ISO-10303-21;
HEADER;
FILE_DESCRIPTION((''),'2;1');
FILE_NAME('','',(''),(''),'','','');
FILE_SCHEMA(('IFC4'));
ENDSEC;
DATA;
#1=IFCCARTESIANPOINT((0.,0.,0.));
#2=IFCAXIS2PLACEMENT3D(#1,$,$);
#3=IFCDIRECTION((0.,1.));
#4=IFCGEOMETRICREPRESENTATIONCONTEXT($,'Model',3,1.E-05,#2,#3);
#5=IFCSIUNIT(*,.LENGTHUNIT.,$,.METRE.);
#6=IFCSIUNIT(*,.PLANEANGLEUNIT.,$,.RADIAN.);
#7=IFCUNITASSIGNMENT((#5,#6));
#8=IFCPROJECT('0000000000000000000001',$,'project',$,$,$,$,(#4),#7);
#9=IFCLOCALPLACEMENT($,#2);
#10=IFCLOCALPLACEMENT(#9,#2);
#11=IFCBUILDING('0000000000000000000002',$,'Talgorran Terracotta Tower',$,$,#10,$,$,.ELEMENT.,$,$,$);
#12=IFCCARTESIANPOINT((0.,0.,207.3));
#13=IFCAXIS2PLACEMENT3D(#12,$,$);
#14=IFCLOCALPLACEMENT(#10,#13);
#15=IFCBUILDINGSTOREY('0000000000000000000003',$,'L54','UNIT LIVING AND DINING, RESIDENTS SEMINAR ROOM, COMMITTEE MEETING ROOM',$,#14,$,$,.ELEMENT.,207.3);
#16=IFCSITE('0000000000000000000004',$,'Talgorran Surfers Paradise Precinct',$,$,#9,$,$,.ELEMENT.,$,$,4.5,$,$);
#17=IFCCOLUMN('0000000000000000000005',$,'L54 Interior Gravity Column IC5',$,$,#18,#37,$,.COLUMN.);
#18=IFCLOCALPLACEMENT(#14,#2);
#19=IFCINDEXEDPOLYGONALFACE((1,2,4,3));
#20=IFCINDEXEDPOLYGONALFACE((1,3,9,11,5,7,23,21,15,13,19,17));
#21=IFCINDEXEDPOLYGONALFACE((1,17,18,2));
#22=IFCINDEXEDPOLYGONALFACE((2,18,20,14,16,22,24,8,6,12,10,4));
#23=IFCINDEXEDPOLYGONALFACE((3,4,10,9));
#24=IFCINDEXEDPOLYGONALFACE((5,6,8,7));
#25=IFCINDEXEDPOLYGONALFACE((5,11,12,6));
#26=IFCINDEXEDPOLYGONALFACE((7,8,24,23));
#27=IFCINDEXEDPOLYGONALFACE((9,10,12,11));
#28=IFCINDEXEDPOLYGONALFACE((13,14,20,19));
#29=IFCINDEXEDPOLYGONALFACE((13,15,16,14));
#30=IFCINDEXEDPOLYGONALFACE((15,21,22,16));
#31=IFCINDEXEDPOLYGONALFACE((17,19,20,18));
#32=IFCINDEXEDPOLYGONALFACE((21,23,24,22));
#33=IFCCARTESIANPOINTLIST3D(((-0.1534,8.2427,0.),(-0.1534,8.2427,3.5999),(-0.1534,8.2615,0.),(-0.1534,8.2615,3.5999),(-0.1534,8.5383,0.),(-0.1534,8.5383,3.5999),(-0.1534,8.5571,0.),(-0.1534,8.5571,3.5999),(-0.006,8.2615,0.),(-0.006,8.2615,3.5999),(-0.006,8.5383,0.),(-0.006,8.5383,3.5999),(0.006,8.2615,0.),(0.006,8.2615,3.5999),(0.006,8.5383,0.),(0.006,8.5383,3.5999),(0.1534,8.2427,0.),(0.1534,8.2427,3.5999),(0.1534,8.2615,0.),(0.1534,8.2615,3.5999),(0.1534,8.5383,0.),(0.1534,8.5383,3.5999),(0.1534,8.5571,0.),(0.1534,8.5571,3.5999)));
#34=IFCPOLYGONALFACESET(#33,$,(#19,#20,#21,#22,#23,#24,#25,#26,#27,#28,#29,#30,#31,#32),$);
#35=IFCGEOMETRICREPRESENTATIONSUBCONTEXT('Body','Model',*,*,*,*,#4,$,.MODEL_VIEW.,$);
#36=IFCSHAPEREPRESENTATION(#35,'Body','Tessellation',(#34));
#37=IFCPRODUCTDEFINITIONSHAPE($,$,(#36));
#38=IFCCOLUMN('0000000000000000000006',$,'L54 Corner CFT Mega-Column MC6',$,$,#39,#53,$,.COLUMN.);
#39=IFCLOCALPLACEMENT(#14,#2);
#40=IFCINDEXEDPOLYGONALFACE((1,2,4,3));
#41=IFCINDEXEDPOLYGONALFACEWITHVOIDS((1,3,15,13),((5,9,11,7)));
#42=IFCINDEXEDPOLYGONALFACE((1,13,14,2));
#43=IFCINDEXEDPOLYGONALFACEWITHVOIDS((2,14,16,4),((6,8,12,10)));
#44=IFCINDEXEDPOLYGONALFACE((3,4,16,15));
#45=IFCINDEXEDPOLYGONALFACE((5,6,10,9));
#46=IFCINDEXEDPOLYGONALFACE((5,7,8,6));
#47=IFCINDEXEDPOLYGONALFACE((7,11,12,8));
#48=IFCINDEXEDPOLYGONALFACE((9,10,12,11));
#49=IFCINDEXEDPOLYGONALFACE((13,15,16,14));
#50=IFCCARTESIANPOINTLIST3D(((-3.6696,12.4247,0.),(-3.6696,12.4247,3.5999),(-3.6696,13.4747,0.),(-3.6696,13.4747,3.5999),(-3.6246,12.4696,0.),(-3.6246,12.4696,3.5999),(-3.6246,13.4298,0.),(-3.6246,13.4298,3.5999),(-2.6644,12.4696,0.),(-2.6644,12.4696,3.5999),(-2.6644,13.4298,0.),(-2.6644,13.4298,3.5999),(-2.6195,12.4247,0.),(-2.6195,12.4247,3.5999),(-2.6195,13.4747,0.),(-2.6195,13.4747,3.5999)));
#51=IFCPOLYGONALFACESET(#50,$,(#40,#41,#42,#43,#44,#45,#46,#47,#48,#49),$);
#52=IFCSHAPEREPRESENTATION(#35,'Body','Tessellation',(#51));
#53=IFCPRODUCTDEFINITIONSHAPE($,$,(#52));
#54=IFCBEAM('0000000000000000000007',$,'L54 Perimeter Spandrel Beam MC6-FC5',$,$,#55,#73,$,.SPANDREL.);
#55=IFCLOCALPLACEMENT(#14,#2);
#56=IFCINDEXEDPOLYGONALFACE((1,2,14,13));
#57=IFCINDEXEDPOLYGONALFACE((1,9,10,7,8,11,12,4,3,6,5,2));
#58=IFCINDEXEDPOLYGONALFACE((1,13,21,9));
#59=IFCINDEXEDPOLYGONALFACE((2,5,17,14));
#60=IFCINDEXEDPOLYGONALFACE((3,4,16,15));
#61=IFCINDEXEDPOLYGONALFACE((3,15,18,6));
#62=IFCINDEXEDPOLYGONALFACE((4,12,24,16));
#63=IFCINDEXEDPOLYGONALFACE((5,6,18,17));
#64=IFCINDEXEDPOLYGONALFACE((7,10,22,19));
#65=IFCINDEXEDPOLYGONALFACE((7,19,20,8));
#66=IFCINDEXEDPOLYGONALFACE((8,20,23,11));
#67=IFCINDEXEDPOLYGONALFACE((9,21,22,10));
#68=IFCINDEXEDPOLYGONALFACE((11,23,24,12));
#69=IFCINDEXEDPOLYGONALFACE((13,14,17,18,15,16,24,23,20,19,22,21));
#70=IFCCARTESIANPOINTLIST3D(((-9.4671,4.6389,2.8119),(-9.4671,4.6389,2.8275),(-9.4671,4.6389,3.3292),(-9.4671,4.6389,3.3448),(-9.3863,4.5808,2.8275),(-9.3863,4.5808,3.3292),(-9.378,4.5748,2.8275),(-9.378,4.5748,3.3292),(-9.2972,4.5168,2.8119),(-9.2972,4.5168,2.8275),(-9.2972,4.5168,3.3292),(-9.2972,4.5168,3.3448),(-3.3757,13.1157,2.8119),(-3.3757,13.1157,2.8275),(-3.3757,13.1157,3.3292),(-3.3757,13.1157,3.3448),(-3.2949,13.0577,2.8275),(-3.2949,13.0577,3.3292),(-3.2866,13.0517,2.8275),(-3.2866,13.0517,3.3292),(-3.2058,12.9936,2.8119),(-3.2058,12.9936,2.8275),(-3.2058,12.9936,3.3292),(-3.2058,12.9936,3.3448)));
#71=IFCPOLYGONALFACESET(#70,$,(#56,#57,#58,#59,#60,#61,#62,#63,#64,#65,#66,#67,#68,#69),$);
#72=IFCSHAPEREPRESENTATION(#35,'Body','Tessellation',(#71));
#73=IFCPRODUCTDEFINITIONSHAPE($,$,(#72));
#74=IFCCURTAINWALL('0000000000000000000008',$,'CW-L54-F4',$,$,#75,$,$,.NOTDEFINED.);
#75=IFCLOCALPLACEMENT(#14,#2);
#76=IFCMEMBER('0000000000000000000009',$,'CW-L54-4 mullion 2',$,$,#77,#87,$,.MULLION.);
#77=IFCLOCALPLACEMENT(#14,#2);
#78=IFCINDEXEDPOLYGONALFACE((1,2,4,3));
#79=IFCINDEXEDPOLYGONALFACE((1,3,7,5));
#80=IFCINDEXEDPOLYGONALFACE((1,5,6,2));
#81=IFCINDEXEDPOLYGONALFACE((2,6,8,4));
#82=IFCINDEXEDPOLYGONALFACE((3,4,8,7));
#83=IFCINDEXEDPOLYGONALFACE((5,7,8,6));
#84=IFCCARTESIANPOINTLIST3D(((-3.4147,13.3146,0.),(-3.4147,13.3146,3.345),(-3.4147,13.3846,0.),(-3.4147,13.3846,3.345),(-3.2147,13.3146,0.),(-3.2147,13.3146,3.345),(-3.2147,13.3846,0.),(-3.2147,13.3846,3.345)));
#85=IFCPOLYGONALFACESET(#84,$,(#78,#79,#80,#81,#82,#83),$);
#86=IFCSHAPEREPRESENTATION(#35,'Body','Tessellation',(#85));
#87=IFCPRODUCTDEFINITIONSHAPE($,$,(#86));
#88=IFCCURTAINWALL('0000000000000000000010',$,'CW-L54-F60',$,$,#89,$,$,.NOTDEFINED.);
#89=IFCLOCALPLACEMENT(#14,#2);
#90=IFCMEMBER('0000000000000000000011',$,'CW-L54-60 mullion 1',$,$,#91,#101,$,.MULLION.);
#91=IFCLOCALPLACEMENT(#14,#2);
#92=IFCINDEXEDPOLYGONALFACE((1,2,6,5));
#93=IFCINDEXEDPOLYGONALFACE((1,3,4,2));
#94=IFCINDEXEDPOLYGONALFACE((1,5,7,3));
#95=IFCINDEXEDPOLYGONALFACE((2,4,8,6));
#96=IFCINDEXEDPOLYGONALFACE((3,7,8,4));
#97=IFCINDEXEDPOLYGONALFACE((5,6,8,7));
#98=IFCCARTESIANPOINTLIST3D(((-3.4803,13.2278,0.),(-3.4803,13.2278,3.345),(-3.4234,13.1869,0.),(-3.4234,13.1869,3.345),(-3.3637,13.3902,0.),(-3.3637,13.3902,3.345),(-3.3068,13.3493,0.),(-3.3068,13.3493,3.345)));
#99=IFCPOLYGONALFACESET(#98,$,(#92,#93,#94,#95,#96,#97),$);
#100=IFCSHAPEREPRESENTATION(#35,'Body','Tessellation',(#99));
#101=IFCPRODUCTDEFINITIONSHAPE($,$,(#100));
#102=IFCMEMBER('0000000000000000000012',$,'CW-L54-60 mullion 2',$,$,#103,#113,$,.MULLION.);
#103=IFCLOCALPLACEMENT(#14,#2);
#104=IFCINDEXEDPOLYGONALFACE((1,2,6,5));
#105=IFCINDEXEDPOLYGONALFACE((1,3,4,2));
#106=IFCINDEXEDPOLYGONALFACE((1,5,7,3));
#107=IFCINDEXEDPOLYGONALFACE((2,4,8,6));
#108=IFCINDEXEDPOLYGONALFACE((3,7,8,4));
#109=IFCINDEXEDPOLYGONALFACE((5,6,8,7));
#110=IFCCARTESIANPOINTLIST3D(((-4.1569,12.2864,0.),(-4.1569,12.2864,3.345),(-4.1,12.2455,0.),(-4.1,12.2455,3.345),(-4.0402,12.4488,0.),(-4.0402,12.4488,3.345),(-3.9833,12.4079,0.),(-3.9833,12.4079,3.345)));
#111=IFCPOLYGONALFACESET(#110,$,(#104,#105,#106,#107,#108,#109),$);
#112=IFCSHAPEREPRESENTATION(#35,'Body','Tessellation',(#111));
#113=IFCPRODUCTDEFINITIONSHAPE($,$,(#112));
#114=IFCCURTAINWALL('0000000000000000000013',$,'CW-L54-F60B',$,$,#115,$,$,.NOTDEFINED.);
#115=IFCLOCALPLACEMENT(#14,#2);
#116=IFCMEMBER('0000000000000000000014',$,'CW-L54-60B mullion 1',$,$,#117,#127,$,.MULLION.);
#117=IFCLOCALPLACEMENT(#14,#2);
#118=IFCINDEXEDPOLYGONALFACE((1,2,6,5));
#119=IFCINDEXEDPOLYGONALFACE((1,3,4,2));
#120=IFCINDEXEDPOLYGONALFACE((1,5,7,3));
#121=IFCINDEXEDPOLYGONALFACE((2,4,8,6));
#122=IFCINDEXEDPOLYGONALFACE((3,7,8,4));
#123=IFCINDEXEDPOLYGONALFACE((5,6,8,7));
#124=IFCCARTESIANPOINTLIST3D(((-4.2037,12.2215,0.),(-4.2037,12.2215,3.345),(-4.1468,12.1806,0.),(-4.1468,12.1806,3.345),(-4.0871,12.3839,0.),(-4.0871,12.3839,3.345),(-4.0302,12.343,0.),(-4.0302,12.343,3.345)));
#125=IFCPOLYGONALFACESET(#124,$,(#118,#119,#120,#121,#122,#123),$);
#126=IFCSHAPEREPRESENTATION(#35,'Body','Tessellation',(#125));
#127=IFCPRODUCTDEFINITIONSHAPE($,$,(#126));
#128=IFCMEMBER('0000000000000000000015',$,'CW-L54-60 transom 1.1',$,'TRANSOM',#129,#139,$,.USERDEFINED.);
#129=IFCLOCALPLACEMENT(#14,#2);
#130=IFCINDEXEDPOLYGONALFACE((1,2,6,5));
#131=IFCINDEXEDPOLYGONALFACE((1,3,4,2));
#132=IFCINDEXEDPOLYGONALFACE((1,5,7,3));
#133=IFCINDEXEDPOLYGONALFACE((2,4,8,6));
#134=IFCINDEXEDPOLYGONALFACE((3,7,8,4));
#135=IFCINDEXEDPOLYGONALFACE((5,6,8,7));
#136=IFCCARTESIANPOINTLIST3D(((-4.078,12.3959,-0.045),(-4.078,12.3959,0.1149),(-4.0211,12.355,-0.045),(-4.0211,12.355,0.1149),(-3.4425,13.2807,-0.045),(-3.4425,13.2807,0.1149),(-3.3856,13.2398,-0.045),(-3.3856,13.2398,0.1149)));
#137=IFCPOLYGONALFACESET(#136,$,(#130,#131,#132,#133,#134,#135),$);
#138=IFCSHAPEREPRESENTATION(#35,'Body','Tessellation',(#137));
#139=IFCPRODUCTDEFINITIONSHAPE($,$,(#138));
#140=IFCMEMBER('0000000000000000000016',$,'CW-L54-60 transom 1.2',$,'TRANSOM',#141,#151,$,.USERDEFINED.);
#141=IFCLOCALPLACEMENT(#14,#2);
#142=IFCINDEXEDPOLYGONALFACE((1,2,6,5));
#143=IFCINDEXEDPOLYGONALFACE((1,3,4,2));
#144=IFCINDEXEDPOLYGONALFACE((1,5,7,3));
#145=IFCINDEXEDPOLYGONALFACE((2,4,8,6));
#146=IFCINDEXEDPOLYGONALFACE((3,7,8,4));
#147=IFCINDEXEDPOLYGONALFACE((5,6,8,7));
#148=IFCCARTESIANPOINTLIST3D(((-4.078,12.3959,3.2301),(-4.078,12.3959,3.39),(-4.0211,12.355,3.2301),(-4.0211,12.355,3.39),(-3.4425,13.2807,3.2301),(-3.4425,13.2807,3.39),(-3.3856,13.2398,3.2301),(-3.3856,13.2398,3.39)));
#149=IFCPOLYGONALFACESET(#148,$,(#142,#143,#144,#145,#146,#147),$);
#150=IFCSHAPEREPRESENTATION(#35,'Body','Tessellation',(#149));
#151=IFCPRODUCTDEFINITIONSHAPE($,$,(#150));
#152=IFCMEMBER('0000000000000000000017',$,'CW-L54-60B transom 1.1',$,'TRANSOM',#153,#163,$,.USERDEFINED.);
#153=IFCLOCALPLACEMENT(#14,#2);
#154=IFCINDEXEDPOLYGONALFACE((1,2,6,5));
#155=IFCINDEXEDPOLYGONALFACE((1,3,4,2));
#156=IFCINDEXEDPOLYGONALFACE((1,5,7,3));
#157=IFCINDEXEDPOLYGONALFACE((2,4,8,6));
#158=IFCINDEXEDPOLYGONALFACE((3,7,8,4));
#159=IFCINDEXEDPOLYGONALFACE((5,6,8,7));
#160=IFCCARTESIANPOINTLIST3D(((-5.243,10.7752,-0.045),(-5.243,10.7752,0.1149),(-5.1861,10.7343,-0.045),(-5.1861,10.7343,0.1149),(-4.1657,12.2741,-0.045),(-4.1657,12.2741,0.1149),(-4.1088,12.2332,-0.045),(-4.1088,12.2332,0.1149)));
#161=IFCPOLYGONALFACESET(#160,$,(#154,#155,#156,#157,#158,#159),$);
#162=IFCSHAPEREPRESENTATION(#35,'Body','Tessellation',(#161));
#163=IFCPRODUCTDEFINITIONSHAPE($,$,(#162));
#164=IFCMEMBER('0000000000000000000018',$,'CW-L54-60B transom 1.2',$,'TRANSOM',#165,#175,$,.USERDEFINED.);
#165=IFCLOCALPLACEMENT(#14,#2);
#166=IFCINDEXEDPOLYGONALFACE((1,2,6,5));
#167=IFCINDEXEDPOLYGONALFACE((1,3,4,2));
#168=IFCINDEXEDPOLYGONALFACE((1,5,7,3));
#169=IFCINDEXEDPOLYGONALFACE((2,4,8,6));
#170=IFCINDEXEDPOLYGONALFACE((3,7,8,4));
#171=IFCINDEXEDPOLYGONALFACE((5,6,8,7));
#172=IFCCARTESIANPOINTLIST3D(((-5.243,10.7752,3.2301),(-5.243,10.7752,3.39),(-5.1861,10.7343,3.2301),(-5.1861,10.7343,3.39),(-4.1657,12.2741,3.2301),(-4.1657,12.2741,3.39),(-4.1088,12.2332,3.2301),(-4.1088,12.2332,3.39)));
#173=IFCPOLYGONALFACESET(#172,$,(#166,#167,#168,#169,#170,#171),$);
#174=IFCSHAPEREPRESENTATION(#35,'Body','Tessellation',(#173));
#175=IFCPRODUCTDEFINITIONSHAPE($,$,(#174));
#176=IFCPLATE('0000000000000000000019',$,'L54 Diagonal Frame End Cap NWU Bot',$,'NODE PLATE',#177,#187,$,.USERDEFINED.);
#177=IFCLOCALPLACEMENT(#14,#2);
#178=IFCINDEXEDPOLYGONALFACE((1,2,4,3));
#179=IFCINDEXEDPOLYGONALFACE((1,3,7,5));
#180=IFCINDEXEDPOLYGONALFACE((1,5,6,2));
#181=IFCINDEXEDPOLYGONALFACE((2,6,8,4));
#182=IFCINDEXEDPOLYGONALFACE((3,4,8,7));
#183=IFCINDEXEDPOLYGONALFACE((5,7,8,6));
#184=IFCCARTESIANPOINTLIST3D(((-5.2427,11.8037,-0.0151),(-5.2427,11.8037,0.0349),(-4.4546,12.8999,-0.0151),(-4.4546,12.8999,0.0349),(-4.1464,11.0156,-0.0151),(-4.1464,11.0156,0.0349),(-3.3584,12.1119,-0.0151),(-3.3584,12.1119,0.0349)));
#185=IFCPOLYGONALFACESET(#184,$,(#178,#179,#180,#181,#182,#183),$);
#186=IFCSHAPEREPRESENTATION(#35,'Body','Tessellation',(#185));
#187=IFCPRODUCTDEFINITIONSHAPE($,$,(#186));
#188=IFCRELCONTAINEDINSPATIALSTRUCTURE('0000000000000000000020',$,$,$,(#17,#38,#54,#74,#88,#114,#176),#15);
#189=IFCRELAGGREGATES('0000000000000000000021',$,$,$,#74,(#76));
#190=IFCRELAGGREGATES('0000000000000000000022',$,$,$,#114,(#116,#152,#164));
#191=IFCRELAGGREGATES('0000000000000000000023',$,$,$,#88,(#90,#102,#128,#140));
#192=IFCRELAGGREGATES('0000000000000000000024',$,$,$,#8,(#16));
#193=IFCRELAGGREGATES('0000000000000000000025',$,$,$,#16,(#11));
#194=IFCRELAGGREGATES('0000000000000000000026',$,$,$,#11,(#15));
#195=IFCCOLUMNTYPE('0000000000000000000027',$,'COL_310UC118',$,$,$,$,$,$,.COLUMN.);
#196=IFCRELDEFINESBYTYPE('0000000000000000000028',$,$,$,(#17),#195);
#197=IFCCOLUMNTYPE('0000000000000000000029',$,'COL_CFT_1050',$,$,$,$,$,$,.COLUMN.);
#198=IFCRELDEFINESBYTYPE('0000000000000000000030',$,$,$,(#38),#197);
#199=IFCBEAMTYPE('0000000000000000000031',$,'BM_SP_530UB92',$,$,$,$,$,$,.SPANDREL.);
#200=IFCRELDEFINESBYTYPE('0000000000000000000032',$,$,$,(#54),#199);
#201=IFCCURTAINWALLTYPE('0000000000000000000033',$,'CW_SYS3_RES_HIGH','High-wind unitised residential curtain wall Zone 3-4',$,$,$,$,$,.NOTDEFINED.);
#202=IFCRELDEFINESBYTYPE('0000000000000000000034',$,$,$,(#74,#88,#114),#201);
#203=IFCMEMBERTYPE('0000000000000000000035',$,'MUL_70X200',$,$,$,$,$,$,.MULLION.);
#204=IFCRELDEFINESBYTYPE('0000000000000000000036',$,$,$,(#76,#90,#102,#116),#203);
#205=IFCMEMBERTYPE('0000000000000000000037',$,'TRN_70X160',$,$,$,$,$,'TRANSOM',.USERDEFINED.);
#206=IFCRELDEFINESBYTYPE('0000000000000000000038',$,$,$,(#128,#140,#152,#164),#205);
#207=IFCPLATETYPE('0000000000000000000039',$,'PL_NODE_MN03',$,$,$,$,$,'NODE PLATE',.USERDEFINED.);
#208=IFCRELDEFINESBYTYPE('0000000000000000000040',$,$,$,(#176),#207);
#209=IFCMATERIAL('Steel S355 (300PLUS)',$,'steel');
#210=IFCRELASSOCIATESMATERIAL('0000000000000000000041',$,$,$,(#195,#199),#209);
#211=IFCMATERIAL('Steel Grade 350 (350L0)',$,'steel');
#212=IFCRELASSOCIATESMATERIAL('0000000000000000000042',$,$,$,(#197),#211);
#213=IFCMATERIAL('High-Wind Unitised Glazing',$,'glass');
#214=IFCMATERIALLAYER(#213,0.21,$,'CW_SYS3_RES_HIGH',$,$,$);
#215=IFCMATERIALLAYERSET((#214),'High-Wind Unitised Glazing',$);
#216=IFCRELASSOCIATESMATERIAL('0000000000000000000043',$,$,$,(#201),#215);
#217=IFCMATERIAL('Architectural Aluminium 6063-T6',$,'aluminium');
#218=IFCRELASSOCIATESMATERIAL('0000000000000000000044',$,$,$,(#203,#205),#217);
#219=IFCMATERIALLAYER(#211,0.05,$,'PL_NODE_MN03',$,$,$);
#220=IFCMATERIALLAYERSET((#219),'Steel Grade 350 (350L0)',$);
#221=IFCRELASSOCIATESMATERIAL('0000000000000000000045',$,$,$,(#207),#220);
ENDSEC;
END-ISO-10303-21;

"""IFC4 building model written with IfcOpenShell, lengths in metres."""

from ifc_helpers import new_model, si_unit, direction, frame, origin, origin_2d, place, context, subcontext, project, spatial, rectangle, hollow_rectangle, i_section, extrude, material, layer, layer_set, material_profile, profile_set, type_object, element, aggregate, save


model = new_model("IFC4")

# Units and contexts
model_context = context("Model", 3, precision=1e-05, world=origin(), true_north=direction((0.0, 1.0)))
body_context = subcontext(model_context, "Body", "Model", "MODEL_VIEW")
ifc_project = project(units=[si_unit("LENGTHUNIT", "METRE"), si_unit("PLANEANGLEUNIT", "RADIAN")], contexts=[model_context])

# Site, building, storey
site_placement = place(None, origin())
site = spatial("IfcSite", under=ifc_project, at=site_placement, Name="Talgorran Surfers Paradise Precinct", CompositionType="ELEMENT", RefElevation=4.5)
building_placement = place(site_placement, origin())
building = spatial("IfcBuilding", under=site, at=building_placement, Name="Talgorran Terracotta Tower", CompositionType="ELEMENT")
storey_placement = place(building_placement, frame((0.0, 0.0, 207.3)))
storey = spatial("IfcBuildingStorey", under=building, at=storey_placement, Name="L54", Description="UNIT LIVING AND DINING, RESIDENTS SEMINAR ROOM, COMMITTEE MEETING ROOM", CompositionType="ELEMENT", Elevation=207.3)

# Columns
ifc_material_1 = material(Name="Steel S355 (300PLUS)", Category="steel")
ifc_material_profile_1 = material_profile(ifc_material_1, i_section(OverallWidth=0.3069, OverallDepth=0.3145, WebThickness=0.012, FlangeThickness=0.0188, at=origin_2d()), Name="310UC118")
ifc_profile_set_1 = profile_set([ifc_material_profile_1], Name="Steel S355 (300PLUS)")
column_type_1 = type_object("IfcColumnType", Name="COL_310UC118", PredefinedType="COLUMN", material=ifc_profile_set_1)
column_1_placement = place(storey_placement, frame((0.0, 8.3999, 0.0), z_axis=(0.0, 0.0, 1.0), x_axis=(1.0, 0.0, 0.0)))
element("IfcColumn", 1, at=column_1_placement, inside=storey, type_object=column_type_1, Name="L54 Interior Gravity Column IC5", PredefinedType="COLUMN", context=body_context, shape_type="SweptSolid", body=[
    extrude(i_section(OverallWidth=0.3069, OverallDepth=0.3145, WebThickness=0.012, FlangeThickness=0.0188, at=origin_2d()), origin(), (0.0, 0.0, 1.0), 3.5999),
])
ifc_material_2 = material(Name="Steel Grade 350 (350L0)", Category="steel")
ifc_material_profile_2 = material_profile(ifc_material_2, hollow_rectangle(XDim=1.05, YDim=1.05, WallThickness=0.0449, at=origin_2d()), Name="CFT1050X1050X45")
ifc_profile_set_2 = profile_set([ifc_material_profile_2], Name="Steel Grade 350 (350L0)")
column_type_2 = type_object("IfcColumnType", Name="COL_CFT_1050", PredefinedType="COLUMN", material=ifc_profile_set_2)
column_2_placement = place(storey_placement, frame((-3.1445, 12.9497, 0.0), z_axis=(0.0, 0.0, 1.0), x_axis=(1.0, 0.0, 0.0)))
element("IfcColumn", 2, at=column_2_placement, inside=storey, type_object=column_type_2, Name="L54 Corner CFT Mega-Column MC6", PredefinedType="COLUMN", context=body_context, shape_type="SweptSolid", body=[
    extrude(hollow_rectangle(XDim=1.05, YDim=1.05, WallThickness=0.0449, at=origin_2d()), origin(), (0.0, 0.0, 1.0), 3.5999),
])

# Beam
ifc_material_profile_3 = material_profile(ifc_material_1, i_section(OverallWidth=0.2092, OverallDepth=0.533, WebThickness=0.0103, FlangeThickness=0.0156, at=origin_2d()), Name="530UB92.4")
ifc_profile_set_3 = profile_set([ifc_material_profile_3], Name="Steel S355 (300PLUS)")
beam_type = type_object("IfcBeamType", Name="BM_SP_530UB92", PredefinedType="SPANDREL", material=ifc_profile_set_3)
beam_placement = place(storey_placement, frame((-3.2908, 13.0547, 3.0784), z_axis=(-0.583548, -0.812079, 0.0), x_axis=(0.812079, -0.583548, 0.0)))
element("IfcBeam", 3, at=beam_placement, inside=storey, type_object=beam_type, Name="L54 Perimeter Spandrel Beam MC6-FC5", PredefinedType="SPANDREL", context=body_context, shape_type="SweptSolid", body=[
    extrude(i_section(OverallWidth=0.2092, OverallDepth=0.533, WebThickness=0.0103, FlangeThickness=0.0156, at=origin_2d()), origin(), (0.0, 0.0, 1.0), 10.4385),
])

# Curtain wall, member
ifc_material_3 = material(Name="High-Wind Unitised Glazing", Category="glass")
ifc_layer_1 = layer(ifc_material_3, 0.21, Name="CW_SYS3_RES_HIGH")
ifc_layer_set_1 = layer_set([ifc_layer_1], Name="High-Wind Unitised Glazing")
curtain_wall_type = type_object("IfcCurtainWallType", Name="CW_SYS3_RES_HIGH", Description="High-wind unitised residential curtain wall Zone 3-4", PredefinedType="NOTDEFINED", material=ifc_layer_set_1)
curtain_wall_1_placement = place(storey_placement, origin())
curtain_wall_1 = element("IfcCurtainWall", 4, at=curtain_wall_1_placement, inside=storey, type_object=curtain_wall_type, Name="CW-L54-F4", PredefinedType="NOTDEFINED")
ifc_material_4 = material(Name="Architectural Aluminium 6063-T6", Category="aluminium")
ifc_material_profile_4 = material_profile(ifc_material_4, rectangle(XDim=0.0701, YDim=0.2, at=origin_2d()), Name="CWM70X200")
ifc_profile_set_4 = profile_set([ifc_material_profile_4], Name="Architectural Aluminium 6063-T6")
member_type_1 = type_object("IfcMemberType", Name="MUL_70X200", PredefinedType="MULLION", material=ifc_profile_set_4)
member_1_placement = place(storey_placement, frame((-3.3147, 13.3496, 0.0), z_axis=(0.0, 0.0, 1.0), x_axis=(0.0, -1.0, 0.0)))
member_1 = element("IfcMember", 5, at=member_1_placement, type_object=member_type_1, Name="CW-L54-4 mullion 2", PredefinedType="MULLION", context=body_context, shape_type="SweptSolid", body=[
    extrude(rectangle(XDim=0.0701, YDim=0.2, at=origin_2d()), origin(), (0.0, 0.0, 1.0), 3.345),
])
aggregate(curtain_wall_1, [member_1])

# Curtain wall, members
curtain_wall_2_placement = place(storey_placement, origin())
curtain_wall_2 = element("IfcCurtainWall", 6, at=curtain_wall_2_placement, inside=storey, type_object=curtain_wall_type, Name="CW-L54-F60", PredefinedType="NOTDEFINED")
member_2_placement = place(storey_placement, frame((-3.3936, 13.2886, 0.0), z_axis=(0.0, 0.0, 1.0), x_axis=(0.812092, -0.583529, 0.0)))
member_2 = element("IfcMember", 7, at=member_2_placement, type_object=member_type_1, Name="CW-L54-60 mullion 1", PredefinedType="MULLION", context=body_context, shape_type="SweptSolid", body=[
    extrude(rectangle(XDim=0.0701, YDim=0.2, at=origin_2d()), origin(), (0.0, 0.0, 1.0), 3.345),
])
member_3_placement = place(storey_placement, frame((-4.0701, 12.3472, 0.0), z_axis=(0.0, 0.0, 1.0), x_axis=(0.812092, -0.583529, 0.0)))
member_3 = element("IfcMember", 8, at=member_3_placement, type_object=member_type_1, Name="CW-L54-60 mullion 2", PredefinedType="MULLION", context=body_context, shape_type="SweptSolid", body=[
    extrude(rectangle(XDim=0.0701, YDim=0.2, at=origin_2d()), origin(), (0.0, 0.0, 1.0), 3.345),
])

# Curtain wall, member
curtain_wall_3_placement = place(storey_placement, origin())
curtain_wall_3 = element("IfcCurtainWall", 9, at=curtain_wall_3_placement, inside=storey, type_object=curtain_wall_type, Name="CW-L54-F60B", PredefinedType="NOTDEFINED")
member_4_placement = place(storey_placement, frame((-4.1169, 12.2822, 0.0), z_axis=(0.0, 0.0, 1.0), x_axis=(0.81208, -0.583546, 0.0)))
member_4 = element("IfcMember", 10, at=member_4_placement, type_object=member_type_1, Name="CW-L54-60B mullion 1", PredefinedType="MULLION", context=body_context, shape_type="SweptSolid", body=[
    extrude(rectangle(XDim=0.0701, YDim=0.2, at=origin_2d()), origin(), (0.0, 0.0, 1.0), 3.345),
])

# Members
ifc_material_profile_5 = material_profile(ifc_material_4, rectangle(XDim=0.0701, YDim=0.1599, at=origin_2d()), Name="CWT70X160")
ifc_profile_set_5 = profile_set([ifc_material_profile_5], Name="Architectural Aluminium 6063-T6")
member_type_2 = type_object("IfcMemberType", Name="TRN_70X160", ElementType="TRANSOM", PredefinedType="USERDEFINED", material=ifc_profile_set_5)
member_5_placement = place(storey_placement, frame((-3.4141, 13.2603, 0.0349), z_axis=(-0.583377, -0.812201, 0.0), x_axis=(0.812201, -0.583377, 0.0)))
member_5 = element("IfcMember", 11, at=member_5_placement, type_object=member_type_2, Name="CW-L54-60 transom 1.1", ObjectType="TRANSOM", PredefinedType="USERDEFINED", context=body_context, shape_type="SweptSolid", body=[
    extrude(rectangle(XDim=0.0701, YDim=0.1599, at=origin_2d()), origin(), (0.0, 0.0, 1.0), 1.0894),
])
member_6_placement = place(storey_placement, frame((-3.4141, 13.2603, 3.3101), z_axis=(-0.583377, -0.812201, 0.0), x_axis=(0.812201, -0.583377, 0.0)))
member_6 = element("IfcMember", 12, at=member_6_placement, type_object=member_type_2, Name="CW-L54-60 transom 1.2", ObjectType="TRANSOM", PredefinedType="USERDEFINED", context=body_context, shape_type="SweptSolid", body=[
    extrude(rectangle(XDim=0.0701, YDim=0.1599, at=origin_2d()), origin(), (0.0, 0.0, 1.0), 1.0894),
])
member_7_placement = place(storey_placement, frame((-4.1372, 12.2537, 0.0349), z_axis=(-0.583625, -0.812023, 0.0), x_axis=(0.812023, -0.583625, 0.0)))
member_7 = element("IfcMember", 13, at=member_7_placement, type_object=member_type_2, Name="CW-L54-60B transom 1.1", ObjectType="TRANSOM", PredefinedType="USERDEFINED", context=body_context, shape_type="SweptSolid", body=[
    extrude(rectangle(XDim=0.0701, YDim=0.1599, at=origin_2d()), origin(), (0.0, 0.0, 1.0), 1.8459),
])
member_8_placement = place(storey_placement, frame((-4.1372, 12.2537, 3.3101), z_axis=(-0.583625, -0.812023, 0.0), x_axis=(0.812023, -0.583625, 0.0)))
member_8 = element("IfcMember", 14, at=member_8_placement, type_object=member_type_2, Name="CW-L54-60B transom 1.2", ObjectType="TRANSOM", PredefinedType="USERDEFINED", context=body_context, shape_type="SweptSolid", body=[
    extrude(rectangle(XDim=0.0701, YDim=0.1599, at=origin_2d()), origin(), (0.0, 0.0, 1.0), 1.8459),
])
aggregate(curtain_wall_3, [member_4, member_7, member_8])

# Plate
ifc_layer_2 = layer(ifc_material_2, 0.05, Name="PL_NODE_MN03")
ifc_layer_set_2 = layer_set([ifc_layer_2], Name="Steel Grade 350 (350L0)")
plate_type_1 = type_object("IfcPlateType", Name="PL_NODE_MN03", ElementType="NODE PLATE", PredefinedType="USERDEFINED", material=ifc_layer_set_2)
plate_1_placement = place(storey_placement, frame((-4.3005, 11.9578, -0.0151), z_axis=(0.0, 0.0, 1.0), x_axis=(-0.583683, -0.811982, 0.0)))
element("IfcPlate", 15, at=plate_1_placement, inside=storey, type_object=plate_type_1, Name="L54 Diagonal Frame End Cap NWU Bot", ObjectType="NODE PLATE", PredefinedType="USERDEFINED", context=body_context, shape_type="SweptSolid", body=[
    extrude(rectangle(XDim=1.3501, YDim=1.3501, at=origin_2d()), origin(), (0.0, 0.0, 1.0), 0.05),
])
aggregate(curtain_wall_2, [member_2, member_3, member_5, member_6])

save(model, "model.ifc")
